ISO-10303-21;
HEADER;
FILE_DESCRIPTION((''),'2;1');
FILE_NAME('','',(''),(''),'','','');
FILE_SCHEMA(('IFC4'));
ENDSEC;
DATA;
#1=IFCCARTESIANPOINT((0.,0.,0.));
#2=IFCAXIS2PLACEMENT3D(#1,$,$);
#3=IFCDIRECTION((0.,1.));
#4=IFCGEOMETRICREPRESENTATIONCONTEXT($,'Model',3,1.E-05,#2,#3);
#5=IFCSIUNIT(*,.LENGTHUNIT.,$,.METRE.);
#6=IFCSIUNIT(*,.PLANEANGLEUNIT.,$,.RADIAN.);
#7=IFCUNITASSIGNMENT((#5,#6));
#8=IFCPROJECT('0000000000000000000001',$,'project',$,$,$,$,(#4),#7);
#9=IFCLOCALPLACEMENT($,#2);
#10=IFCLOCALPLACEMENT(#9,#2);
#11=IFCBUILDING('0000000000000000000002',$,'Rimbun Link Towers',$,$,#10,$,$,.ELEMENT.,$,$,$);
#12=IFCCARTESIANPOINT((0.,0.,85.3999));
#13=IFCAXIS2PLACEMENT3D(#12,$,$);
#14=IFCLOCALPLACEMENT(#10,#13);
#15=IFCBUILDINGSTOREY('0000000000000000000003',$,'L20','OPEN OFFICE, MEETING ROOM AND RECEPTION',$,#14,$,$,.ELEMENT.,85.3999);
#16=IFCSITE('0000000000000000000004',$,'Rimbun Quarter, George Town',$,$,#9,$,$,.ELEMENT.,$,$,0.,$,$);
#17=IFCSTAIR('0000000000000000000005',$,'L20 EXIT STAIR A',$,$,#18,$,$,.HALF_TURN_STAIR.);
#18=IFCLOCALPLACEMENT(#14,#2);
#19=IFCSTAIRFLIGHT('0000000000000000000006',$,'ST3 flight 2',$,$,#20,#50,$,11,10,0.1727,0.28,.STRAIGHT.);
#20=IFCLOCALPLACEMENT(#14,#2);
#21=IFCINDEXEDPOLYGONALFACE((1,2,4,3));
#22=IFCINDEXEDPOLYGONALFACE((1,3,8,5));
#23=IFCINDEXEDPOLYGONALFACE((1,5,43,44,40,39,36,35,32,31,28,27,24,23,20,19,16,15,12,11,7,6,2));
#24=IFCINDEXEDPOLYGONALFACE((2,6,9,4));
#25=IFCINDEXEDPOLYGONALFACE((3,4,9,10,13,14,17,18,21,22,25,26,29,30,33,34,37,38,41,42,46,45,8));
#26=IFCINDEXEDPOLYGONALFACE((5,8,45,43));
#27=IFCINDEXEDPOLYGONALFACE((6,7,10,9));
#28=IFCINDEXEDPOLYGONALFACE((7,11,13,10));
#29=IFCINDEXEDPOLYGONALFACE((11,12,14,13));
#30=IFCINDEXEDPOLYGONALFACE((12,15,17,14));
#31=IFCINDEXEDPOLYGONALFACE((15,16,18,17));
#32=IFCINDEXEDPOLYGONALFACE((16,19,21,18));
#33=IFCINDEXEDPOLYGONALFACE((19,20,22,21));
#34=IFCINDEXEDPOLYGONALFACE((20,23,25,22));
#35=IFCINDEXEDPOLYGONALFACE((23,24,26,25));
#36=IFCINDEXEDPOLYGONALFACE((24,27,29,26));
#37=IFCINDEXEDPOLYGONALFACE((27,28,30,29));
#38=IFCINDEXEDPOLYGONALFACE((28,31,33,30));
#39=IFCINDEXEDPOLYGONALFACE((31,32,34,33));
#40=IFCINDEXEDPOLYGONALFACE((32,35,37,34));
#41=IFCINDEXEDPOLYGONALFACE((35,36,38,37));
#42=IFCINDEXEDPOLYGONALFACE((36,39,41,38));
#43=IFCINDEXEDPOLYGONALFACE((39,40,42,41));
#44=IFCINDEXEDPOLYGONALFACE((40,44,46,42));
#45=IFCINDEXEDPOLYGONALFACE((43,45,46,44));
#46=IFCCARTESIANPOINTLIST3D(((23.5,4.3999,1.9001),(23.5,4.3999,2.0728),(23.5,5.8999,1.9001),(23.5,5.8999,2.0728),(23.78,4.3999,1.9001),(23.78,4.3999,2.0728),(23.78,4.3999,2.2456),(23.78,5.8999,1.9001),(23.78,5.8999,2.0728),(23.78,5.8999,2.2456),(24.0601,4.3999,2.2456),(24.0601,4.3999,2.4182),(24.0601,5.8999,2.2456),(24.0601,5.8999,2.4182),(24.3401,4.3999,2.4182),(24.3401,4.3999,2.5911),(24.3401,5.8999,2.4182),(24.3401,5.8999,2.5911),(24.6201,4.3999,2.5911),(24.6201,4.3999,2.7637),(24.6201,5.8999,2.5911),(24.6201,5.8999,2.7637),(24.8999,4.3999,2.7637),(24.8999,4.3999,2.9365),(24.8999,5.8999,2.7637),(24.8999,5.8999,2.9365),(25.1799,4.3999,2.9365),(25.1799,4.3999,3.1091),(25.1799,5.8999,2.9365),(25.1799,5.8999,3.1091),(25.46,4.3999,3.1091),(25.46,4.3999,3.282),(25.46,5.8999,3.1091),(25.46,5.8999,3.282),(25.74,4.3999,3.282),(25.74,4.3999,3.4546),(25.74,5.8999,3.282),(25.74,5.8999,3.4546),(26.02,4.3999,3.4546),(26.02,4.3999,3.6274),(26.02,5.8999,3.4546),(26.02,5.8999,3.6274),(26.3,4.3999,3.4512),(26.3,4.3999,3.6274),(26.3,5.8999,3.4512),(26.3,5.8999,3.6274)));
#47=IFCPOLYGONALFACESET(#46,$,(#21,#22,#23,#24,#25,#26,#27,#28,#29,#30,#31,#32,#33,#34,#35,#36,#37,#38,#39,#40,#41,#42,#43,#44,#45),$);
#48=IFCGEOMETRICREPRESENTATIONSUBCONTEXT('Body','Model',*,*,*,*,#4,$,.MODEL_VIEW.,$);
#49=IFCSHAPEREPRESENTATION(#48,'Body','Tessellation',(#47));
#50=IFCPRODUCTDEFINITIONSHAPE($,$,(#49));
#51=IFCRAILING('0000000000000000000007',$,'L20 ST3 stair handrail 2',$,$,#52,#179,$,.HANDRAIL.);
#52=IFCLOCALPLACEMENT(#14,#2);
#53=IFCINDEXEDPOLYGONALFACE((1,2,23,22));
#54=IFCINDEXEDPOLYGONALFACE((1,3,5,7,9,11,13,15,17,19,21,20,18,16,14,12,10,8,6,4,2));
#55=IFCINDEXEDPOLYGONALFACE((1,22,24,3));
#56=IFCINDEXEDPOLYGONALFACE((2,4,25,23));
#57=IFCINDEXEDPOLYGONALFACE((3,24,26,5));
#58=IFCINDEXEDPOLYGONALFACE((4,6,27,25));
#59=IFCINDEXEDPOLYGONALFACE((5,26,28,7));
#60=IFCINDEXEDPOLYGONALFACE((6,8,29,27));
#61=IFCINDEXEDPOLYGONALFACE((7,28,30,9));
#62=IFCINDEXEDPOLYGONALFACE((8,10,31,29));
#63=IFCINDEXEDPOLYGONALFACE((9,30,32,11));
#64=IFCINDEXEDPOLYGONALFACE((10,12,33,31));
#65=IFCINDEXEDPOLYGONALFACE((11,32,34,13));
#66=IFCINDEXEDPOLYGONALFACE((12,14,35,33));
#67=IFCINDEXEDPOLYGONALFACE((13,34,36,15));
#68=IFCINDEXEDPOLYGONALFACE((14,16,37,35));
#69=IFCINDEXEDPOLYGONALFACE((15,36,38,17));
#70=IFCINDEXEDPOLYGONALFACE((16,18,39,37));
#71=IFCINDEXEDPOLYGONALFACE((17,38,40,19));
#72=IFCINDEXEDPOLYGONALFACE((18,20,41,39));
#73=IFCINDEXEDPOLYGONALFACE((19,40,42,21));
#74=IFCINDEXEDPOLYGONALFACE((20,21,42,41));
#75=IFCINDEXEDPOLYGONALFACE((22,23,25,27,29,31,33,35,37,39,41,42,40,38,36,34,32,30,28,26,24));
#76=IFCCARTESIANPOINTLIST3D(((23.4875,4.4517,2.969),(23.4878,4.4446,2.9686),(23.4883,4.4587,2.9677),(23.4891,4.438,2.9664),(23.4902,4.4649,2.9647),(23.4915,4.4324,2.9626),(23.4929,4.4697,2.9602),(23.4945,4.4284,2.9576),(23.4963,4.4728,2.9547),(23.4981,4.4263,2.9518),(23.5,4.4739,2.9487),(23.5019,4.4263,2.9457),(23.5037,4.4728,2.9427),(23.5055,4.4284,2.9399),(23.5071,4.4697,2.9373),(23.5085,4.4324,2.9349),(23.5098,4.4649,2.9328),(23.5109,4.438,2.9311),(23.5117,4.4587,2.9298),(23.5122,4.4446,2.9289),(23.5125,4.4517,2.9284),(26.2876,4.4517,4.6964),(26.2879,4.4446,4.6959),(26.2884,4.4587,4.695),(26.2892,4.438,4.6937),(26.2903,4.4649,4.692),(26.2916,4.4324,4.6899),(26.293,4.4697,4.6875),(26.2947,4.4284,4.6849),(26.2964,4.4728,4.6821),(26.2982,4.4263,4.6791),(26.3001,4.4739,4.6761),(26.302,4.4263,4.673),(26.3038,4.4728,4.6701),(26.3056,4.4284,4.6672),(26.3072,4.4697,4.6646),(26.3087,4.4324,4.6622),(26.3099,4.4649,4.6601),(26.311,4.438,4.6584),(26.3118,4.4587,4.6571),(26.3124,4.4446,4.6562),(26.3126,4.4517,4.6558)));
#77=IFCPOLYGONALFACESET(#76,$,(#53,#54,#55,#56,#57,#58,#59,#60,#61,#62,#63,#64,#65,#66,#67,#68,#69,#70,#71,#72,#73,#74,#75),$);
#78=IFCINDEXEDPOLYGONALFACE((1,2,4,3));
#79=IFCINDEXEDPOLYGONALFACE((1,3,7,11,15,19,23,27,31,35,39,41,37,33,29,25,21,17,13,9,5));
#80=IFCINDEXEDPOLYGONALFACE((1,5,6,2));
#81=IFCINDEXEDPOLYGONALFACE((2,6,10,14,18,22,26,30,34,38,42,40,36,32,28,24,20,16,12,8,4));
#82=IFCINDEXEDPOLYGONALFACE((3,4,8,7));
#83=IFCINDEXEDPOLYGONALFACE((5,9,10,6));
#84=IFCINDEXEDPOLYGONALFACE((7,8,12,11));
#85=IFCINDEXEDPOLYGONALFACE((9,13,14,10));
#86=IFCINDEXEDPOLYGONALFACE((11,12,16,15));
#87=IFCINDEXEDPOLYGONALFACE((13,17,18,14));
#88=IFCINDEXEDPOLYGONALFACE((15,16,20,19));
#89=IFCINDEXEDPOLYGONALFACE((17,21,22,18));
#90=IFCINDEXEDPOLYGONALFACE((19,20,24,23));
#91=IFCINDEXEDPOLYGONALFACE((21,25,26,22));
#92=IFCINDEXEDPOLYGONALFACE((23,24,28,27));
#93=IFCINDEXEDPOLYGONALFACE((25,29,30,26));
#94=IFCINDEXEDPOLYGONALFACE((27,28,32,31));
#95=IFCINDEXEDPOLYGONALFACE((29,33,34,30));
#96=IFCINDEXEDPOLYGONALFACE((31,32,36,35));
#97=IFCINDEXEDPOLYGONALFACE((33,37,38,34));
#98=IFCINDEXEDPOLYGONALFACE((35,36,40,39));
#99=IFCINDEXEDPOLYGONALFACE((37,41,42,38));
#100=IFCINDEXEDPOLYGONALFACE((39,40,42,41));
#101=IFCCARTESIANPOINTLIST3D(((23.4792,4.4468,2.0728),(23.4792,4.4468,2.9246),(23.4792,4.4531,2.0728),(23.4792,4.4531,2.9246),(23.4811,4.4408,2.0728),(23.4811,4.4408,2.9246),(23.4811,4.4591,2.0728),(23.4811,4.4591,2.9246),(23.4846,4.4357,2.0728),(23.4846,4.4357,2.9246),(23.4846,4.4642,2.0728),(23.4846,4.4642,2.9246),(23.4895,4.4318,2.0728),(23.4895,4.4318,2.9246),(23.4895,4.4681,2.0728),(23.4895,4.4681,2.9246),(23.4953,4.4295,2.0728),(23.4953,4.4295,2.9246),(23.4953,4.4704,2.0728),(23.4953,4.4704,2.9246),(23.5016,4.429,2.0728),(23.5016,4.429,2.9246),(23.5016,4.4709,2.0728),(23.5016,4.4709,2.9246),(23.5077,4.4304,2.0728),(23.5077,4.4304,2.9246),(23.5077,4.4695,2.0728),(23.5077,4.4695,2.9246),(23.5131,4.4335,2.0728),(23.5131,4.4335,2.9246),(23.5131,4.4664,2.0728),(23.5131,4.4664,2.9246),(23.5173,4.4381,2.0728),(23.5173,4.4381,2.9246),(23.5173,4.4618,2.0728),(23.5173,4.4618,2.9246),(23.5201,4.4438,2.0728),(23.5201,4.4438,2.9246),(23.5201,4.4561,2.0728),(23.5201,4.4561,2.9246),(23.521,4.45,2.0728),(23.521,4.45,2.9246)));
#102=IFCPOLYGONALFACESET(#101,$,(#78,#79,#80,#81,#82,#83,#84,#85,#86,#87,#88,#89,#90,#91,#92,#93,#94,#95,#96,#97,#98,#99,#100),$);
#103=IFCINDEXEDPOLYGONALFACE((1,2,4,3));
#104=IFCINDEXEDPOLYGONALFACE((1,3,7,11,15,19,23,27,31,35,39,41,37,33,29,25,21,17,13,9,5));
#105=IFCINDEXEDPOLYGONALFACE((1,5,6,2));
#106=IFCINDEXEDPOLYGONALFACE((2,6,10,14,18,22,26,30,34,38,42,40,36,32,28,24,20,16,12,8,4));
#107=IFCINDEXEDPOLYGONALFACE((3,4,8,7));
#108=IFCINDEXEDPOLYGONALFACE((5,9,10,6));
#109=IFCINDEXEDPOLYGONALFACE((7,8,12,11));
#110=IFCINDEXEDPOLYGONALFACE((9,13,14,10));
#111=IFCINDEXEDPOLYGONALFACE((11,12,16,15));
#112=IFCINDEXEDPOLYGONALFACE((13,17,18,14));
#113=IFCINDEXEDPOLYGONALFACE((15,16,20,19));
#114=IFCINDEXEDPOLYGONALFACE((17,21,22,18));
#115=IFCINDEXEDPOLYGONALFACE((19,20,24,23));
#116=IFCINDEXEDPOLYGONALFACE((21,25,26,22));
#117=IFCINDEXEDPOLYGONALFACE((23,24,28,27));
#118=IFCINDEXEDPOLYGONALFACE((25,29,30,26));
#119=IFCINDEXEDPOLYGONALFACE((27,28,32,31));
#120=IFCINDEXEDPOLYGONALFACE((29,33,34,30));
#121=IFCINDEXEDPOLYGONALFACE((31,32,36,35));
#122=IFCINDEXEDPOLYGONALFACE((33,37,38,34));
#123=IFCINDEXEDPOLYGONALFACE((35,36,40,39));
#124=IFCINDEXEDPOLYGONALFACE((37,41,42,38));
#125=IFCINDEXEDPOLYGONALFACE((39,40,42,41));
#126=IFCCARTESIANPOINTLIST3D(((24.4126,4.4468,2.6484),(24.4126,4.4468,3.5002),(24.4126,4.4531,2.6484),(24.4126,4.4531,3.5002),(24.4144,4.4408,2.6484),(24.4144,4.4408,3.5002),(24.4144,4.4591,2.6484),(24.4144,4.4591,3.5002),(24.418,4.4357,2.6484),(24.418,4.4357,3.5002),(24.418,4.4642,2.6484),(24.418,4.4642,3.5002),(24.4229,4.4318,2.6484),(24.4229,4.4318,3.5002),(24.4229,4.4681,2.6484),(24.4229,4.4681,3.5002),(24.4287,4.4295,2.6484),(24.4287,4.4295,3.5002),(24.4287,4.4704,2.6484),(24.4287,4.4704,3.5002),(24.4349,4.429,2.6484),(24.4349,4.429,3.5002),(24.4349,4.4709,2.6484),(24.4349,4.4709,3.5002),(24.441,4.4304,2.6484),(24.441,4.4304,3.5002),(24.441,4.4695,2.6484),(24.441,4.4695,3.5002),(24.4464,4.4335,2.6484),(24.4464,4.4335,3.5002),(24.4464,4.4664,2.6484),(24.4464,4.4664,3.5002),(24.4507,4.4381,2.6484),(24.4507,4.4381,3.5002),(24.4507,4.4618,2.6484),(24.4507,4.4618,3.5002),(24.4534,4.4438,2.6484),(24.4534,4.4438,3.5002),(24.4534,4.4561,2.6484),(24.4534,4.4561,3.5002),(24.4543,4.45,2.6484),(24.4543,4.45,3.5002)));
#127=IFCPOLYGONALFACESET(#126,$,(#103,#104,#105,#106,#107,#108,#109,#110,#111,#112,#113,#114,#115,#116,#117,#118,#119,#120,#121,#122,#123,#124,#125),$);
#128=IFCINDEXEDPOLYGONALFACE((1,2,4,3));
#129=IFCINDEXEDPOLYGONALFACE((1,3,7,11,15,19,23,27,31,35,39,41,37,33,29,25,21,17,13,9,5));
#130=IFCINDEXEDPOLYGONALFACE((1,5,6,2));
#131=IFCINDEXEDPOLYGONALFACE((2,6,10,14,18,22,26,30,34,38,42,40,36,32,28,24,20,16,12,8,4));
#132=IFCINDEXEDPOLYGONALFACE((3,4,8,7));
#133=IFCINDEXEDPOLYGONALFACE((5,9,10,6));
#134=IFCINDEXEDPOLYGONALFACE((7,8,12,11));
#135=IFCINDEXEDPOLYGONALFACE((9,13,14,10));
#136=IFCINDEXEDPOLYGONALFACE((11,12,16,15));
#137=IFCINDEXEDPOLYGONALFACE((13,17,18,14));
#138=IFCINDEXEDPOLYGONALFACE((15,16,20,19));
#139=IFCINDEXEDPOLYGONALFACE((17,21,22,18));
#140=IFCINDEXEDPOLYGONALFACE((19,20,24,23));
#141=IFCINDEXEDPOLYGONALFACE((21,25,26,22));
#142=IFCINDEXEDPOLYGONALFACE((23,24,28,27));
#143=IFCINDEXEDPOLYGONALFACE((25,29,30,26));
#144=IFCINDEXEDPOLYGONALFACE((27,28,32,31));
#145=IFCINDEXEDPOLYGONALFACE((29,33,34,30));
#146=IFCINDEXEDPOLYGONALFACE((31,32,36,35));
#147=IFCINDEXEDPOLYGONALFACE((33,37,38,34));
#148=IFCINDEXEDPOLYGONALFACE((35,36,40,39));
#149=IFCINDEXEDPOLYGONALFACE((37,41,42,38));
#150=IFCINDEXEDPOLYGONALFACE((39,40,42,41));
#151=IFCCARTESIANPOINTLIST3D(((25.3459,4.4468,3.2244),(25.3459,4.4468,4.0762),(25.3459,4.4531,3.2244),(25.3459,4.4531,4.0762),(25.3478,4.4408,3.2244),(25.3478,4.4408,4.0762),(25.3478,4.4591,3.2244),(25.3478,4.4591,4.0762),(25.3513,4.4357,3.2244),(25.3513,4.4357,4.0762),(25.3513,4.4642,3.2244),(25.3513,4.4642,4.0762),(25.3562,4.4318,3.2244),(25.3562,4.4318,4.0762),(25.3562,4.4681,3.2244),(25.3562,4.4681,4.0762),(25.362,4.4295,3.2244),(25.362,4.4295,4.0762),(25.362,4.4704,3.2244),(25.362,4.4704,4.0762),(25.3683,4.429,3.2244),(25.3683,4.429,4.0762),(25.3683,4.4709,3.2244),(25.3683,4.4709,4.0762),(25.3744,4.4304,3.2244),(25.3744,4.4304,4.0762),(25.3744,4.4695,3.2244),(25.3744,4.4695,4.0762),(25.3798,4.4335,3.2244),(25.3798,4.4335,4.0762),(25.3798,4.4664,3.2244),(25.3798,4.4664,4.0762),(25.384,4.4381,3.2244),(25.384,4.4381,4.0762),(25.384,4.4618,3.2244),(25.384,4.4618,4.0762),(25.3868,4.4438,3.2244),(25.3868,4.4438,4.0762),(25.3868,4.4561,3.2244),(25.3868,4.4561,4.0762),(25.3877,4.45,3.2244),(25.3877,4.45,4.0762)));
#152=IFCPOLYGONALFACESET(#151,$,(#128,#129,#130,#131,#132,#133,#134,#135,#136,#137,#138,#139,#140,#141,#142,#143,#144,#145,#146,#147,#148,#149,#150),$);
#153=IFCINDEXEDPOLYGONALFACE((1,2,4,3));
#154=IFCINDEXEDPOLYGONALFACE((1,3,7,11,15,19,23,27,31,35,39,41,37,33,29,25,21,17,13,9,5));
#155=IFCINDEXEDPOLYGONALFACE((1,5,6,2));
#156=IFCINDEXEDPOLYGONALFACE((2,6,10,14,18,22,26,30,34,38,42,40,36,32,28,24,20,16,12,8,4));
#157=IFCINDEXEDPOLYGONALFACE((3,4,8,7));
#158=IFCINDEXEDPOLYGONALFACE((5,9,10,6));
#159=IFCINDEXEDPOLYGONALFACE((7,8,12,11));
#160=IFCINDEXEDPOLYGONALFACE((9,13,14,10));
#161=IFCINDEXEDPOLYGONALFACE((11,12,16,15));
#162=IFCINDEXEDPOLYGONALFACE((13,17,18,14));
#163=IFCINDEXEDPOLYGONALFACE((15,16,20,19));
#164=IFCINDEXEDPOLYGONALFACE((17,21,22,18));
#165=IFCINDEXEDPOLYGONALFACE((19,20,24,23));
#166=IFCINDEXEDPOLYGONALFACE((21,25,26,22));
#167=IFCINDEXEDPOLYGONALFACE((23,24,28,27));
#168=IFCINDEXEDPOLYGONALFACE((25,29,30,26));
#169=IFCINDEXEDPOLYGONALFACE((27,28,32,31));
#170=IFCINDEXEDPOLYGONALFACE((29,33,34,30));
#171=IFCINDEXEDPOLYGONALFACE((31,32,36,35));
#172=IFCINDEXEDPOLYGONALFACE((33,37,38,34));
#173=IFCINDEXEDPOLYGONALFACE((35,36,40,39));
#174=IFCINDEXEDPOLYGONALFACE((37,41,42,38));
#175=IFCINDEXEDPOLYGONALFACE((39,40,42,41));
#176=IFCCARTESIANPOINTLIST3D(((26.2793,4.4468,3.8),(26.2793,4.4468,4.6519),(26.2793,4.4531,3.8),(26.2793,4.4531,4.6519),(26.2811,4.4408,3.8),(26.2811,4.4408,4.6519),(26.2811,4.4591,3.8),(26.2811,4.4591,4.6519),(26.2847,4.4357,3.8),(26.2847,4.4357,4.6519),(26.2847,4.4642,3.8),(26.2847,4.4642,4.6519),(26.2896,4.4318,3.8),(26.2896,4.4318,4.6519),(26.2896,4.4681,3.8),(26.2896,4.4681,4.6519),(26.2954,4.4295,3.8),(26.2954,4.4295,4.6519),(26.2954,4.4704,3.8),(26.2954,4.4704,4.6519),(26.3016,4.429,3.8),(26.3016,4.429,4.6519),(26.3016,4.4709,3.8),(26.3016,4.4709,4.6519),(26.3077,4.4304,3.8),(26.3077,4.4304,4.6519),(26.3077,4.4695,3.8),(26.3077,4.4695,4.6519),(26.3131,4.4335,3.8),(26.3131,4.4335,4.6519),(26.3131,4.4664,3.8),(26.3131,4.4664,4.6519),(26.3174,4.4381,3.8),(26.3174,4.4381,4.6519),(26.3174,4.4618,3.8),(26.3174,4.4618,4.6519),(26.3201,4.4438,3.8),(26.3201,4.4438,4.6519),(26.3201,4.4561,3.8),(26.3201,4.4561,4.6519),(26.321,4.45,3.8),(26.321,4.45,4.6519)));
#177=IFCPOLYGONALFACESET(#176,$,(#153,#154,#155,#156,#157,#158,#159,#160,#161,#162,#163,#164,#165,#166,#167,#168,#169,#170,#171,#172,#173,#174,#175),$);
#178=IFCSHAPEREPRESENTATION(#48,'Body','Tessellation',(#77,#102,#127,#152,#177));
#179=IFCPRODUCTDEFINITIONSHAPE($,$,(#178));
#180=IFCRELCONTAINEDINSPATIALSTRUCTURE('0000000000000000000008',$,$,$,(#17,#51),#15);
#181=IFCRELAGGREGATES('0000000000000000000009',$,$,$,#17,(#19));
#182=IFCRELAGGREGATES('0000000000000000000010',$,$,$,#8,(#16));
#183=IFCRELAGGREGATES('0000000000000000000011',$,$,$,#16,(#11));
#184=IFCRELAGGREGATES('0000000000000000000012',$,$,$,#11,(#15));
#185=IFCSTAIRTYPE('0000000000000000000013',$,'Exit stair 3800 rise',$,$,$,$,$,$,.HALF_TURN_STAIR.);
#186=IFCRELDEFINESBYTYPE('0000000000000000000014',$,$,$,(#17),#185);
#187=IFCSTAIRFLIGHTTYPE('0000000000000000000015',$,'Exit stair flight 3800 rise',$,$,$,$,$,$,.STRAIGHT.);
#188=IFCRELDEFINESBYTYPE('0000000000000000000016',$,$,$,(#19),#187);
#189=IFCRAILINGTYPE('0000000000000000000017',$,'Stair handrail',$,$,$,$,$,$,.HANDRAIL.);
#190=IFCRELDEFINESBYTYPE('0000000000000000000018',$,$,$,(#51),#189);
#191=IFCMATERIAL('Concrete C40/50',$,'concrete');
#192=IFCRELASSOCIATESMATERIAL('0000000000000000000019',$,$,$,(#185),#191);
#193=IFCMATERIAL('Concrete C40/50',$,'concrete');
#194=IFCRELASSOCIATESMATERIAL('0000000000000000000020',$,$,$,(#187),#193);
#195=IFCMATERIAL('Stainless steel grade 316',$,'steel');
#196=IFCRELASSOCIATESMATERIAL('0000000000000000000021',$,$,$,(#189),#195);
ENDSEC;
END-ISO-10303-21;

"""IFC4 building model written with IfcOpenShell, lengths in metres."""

from ifc_helpers import new_model, si_unit, direction, frame, origin, origin_2d, place, context, subcontext, project, spatial, polyline, circle, outline, extrude, material, type_object, element, aggregate, save


model = new_model("IFC4")

# Units and contexts
model_context = context("Model", 3, precision=1e-05, world=origin(), true_north=direction((0.0, 1.0)))
body_context = subcontext(model_context, "Body", "Model", "MODEL_VIEW")
ifc_project = project(units=[si_unit("LENGTHUNIT", "METRE"), si_unit("PLANEANGLEUNIT", "RADIAN")], contexts=[model_context])

# Site, building, storey
site_placement = place(None, origin())
site = spatial("IfcSite", under=ifc_project, at=site_placement, Name="Rimbun Quarter, George Town", CompositionType="ELEMENT", RefElevation=0.0)
building_placement = place(site_placement, origin())
building = spatial("IfcBuilding", under=site, at=building_placement, Name="Rimbun Link Towers", CompositionType="ELEMENT")
storey_placement = place(building_placement, frame((0.0, 0.0, 85.3999)))
storey = spatial("IfcBuildingStorey", under=building, at=storey_placement, Name="L20", Description="OPEN OFFICE, MEETING ROOM AND RECEPTION", CompositionType="ELEMENT", Elevation=85.3999)

# Stair, stair flight
ifc_material_1 = material(Name="Concrete C40/50", Category="concrete")
stair_type = type_object("IfcStairType", Name="Exit stair 3800 rise", PredefinedType="HALF_TURN_STAIR", material=ifc_material_1)
stair_placement = place(storey_placement, origin())
stair = element("IfcStair", 1, at=stair_placement, inside=storey, type_object=stair_type, Name="L20 EXIT STAIR A", PredefinedType="HALF_TURN_STAIR")
ifc_material_2 = material(Name="Concrete C40/50", Category="concrete")
stair_flight_type = type_object("IfcStairFlightType", Name="Exit stair flight 3800 rise", PredefinedType="STRAIGHT", material=ifc_material_2)
stair_flight_placement = place(storey_placement, frame((23.5, 5.1499, 1.9001), z_axis=(0.0, 0.0, 1.0), x_axis=(1.0, 0.0, 0.0)))
stair_flight = element("IfcStairFlight", 2, at=stair_flight_placement, type_object=stair_flight_type, Name="ST3 flight 2", NumberOfRisers=11, NumberOfTreads=10, PredefinedType="STRAIGHT", RiserHeight=0.1727, TreadLength=0.28, context=body_context, shape_type="SweptSolid", body=[
    extrude(outline(polyline([(0.0, 0.0), (0.0, 0.1726), (0.28, 0.1726), (0.28, 0.3455), (0.5601, 0.3455), (0.5601, 0.5181), (0.8401, 0.5181), (0.8401, 0.6909), (1.1201, 0.6909), (1.1201, 0.8635), (1.3999, 0.8635), (1.3999, 1.0364), (1.6799, 1.0364), (1.6799, 1.209), (1.96, 1.209), (1.96, 1.3818), (2.24, 1.3818), (2.24, 1.5544), (2.52, 1.5544), (2.52, 1.7273), (2.8, 1.7273), (2.8, 1.8999), (2.8, 1.551), (0.28, 0.0), (0.0, 0.0)])), frame((0.0, 0.75, 0.0), z_axis=(0.0, -1.0, 0.0), x_axis=(1.0, 0.0, 0.0)), (0.0, 0.0, 1.0), 1.5),
])
aggregate(stair, [stair_flight])

# Railing
ifc_material_3 = material(Name="Stainless steel grade 316", Category="steel")
railing_type = type_object("IfcRailingType", Name="Stair handrail", PredefinedType="HANDRAIL", material=ifc_material_3)
railing_placement = place(storey_placement, frame((23.5, 4.45, 2.0728)))
element("IfcRailing", 3, at=railing_placement, inside=storey, type_object=railing_type, Name="L20 ST3 stair handrail 2", PredefinedType="HANDRAIL", context=body_context, shape_type="SweptSolid", body=[
    extrude(circle(Radius=0.0239, at=origin_2d()), frame((0.0, 0.0, 0.876), z_axis=(0.85109, 0.0, 0.52502), x_axis=(0.0, 1.0, 0.0)), (0.0, 0.0, 1.0), 3.29),
    extrude(circle(Radius=0.021, at=origin_2d()), origin(), (0.0, 0.0, 1.0), 0.8518),
    extrude(circle(Radius=0.021, at=origin_2d()), frame((0.9333, 0.0, 0.5757)), (0.0, 0.0, 1.0), 0.8518),
    extrude(circle(Radius=0.021, at=origin_2d()), frame((1.8667, 0.0, 1.1516)), (0.0, 0.0, 1.0), 0.8518),
    extrude(circle(Radius=0.021, at=origin_2d()), frame((2.8, 0.0, 1.7273)), (0.0, 0.0, 1.0), 0.8518),
])

save(model, "model.ifc")
